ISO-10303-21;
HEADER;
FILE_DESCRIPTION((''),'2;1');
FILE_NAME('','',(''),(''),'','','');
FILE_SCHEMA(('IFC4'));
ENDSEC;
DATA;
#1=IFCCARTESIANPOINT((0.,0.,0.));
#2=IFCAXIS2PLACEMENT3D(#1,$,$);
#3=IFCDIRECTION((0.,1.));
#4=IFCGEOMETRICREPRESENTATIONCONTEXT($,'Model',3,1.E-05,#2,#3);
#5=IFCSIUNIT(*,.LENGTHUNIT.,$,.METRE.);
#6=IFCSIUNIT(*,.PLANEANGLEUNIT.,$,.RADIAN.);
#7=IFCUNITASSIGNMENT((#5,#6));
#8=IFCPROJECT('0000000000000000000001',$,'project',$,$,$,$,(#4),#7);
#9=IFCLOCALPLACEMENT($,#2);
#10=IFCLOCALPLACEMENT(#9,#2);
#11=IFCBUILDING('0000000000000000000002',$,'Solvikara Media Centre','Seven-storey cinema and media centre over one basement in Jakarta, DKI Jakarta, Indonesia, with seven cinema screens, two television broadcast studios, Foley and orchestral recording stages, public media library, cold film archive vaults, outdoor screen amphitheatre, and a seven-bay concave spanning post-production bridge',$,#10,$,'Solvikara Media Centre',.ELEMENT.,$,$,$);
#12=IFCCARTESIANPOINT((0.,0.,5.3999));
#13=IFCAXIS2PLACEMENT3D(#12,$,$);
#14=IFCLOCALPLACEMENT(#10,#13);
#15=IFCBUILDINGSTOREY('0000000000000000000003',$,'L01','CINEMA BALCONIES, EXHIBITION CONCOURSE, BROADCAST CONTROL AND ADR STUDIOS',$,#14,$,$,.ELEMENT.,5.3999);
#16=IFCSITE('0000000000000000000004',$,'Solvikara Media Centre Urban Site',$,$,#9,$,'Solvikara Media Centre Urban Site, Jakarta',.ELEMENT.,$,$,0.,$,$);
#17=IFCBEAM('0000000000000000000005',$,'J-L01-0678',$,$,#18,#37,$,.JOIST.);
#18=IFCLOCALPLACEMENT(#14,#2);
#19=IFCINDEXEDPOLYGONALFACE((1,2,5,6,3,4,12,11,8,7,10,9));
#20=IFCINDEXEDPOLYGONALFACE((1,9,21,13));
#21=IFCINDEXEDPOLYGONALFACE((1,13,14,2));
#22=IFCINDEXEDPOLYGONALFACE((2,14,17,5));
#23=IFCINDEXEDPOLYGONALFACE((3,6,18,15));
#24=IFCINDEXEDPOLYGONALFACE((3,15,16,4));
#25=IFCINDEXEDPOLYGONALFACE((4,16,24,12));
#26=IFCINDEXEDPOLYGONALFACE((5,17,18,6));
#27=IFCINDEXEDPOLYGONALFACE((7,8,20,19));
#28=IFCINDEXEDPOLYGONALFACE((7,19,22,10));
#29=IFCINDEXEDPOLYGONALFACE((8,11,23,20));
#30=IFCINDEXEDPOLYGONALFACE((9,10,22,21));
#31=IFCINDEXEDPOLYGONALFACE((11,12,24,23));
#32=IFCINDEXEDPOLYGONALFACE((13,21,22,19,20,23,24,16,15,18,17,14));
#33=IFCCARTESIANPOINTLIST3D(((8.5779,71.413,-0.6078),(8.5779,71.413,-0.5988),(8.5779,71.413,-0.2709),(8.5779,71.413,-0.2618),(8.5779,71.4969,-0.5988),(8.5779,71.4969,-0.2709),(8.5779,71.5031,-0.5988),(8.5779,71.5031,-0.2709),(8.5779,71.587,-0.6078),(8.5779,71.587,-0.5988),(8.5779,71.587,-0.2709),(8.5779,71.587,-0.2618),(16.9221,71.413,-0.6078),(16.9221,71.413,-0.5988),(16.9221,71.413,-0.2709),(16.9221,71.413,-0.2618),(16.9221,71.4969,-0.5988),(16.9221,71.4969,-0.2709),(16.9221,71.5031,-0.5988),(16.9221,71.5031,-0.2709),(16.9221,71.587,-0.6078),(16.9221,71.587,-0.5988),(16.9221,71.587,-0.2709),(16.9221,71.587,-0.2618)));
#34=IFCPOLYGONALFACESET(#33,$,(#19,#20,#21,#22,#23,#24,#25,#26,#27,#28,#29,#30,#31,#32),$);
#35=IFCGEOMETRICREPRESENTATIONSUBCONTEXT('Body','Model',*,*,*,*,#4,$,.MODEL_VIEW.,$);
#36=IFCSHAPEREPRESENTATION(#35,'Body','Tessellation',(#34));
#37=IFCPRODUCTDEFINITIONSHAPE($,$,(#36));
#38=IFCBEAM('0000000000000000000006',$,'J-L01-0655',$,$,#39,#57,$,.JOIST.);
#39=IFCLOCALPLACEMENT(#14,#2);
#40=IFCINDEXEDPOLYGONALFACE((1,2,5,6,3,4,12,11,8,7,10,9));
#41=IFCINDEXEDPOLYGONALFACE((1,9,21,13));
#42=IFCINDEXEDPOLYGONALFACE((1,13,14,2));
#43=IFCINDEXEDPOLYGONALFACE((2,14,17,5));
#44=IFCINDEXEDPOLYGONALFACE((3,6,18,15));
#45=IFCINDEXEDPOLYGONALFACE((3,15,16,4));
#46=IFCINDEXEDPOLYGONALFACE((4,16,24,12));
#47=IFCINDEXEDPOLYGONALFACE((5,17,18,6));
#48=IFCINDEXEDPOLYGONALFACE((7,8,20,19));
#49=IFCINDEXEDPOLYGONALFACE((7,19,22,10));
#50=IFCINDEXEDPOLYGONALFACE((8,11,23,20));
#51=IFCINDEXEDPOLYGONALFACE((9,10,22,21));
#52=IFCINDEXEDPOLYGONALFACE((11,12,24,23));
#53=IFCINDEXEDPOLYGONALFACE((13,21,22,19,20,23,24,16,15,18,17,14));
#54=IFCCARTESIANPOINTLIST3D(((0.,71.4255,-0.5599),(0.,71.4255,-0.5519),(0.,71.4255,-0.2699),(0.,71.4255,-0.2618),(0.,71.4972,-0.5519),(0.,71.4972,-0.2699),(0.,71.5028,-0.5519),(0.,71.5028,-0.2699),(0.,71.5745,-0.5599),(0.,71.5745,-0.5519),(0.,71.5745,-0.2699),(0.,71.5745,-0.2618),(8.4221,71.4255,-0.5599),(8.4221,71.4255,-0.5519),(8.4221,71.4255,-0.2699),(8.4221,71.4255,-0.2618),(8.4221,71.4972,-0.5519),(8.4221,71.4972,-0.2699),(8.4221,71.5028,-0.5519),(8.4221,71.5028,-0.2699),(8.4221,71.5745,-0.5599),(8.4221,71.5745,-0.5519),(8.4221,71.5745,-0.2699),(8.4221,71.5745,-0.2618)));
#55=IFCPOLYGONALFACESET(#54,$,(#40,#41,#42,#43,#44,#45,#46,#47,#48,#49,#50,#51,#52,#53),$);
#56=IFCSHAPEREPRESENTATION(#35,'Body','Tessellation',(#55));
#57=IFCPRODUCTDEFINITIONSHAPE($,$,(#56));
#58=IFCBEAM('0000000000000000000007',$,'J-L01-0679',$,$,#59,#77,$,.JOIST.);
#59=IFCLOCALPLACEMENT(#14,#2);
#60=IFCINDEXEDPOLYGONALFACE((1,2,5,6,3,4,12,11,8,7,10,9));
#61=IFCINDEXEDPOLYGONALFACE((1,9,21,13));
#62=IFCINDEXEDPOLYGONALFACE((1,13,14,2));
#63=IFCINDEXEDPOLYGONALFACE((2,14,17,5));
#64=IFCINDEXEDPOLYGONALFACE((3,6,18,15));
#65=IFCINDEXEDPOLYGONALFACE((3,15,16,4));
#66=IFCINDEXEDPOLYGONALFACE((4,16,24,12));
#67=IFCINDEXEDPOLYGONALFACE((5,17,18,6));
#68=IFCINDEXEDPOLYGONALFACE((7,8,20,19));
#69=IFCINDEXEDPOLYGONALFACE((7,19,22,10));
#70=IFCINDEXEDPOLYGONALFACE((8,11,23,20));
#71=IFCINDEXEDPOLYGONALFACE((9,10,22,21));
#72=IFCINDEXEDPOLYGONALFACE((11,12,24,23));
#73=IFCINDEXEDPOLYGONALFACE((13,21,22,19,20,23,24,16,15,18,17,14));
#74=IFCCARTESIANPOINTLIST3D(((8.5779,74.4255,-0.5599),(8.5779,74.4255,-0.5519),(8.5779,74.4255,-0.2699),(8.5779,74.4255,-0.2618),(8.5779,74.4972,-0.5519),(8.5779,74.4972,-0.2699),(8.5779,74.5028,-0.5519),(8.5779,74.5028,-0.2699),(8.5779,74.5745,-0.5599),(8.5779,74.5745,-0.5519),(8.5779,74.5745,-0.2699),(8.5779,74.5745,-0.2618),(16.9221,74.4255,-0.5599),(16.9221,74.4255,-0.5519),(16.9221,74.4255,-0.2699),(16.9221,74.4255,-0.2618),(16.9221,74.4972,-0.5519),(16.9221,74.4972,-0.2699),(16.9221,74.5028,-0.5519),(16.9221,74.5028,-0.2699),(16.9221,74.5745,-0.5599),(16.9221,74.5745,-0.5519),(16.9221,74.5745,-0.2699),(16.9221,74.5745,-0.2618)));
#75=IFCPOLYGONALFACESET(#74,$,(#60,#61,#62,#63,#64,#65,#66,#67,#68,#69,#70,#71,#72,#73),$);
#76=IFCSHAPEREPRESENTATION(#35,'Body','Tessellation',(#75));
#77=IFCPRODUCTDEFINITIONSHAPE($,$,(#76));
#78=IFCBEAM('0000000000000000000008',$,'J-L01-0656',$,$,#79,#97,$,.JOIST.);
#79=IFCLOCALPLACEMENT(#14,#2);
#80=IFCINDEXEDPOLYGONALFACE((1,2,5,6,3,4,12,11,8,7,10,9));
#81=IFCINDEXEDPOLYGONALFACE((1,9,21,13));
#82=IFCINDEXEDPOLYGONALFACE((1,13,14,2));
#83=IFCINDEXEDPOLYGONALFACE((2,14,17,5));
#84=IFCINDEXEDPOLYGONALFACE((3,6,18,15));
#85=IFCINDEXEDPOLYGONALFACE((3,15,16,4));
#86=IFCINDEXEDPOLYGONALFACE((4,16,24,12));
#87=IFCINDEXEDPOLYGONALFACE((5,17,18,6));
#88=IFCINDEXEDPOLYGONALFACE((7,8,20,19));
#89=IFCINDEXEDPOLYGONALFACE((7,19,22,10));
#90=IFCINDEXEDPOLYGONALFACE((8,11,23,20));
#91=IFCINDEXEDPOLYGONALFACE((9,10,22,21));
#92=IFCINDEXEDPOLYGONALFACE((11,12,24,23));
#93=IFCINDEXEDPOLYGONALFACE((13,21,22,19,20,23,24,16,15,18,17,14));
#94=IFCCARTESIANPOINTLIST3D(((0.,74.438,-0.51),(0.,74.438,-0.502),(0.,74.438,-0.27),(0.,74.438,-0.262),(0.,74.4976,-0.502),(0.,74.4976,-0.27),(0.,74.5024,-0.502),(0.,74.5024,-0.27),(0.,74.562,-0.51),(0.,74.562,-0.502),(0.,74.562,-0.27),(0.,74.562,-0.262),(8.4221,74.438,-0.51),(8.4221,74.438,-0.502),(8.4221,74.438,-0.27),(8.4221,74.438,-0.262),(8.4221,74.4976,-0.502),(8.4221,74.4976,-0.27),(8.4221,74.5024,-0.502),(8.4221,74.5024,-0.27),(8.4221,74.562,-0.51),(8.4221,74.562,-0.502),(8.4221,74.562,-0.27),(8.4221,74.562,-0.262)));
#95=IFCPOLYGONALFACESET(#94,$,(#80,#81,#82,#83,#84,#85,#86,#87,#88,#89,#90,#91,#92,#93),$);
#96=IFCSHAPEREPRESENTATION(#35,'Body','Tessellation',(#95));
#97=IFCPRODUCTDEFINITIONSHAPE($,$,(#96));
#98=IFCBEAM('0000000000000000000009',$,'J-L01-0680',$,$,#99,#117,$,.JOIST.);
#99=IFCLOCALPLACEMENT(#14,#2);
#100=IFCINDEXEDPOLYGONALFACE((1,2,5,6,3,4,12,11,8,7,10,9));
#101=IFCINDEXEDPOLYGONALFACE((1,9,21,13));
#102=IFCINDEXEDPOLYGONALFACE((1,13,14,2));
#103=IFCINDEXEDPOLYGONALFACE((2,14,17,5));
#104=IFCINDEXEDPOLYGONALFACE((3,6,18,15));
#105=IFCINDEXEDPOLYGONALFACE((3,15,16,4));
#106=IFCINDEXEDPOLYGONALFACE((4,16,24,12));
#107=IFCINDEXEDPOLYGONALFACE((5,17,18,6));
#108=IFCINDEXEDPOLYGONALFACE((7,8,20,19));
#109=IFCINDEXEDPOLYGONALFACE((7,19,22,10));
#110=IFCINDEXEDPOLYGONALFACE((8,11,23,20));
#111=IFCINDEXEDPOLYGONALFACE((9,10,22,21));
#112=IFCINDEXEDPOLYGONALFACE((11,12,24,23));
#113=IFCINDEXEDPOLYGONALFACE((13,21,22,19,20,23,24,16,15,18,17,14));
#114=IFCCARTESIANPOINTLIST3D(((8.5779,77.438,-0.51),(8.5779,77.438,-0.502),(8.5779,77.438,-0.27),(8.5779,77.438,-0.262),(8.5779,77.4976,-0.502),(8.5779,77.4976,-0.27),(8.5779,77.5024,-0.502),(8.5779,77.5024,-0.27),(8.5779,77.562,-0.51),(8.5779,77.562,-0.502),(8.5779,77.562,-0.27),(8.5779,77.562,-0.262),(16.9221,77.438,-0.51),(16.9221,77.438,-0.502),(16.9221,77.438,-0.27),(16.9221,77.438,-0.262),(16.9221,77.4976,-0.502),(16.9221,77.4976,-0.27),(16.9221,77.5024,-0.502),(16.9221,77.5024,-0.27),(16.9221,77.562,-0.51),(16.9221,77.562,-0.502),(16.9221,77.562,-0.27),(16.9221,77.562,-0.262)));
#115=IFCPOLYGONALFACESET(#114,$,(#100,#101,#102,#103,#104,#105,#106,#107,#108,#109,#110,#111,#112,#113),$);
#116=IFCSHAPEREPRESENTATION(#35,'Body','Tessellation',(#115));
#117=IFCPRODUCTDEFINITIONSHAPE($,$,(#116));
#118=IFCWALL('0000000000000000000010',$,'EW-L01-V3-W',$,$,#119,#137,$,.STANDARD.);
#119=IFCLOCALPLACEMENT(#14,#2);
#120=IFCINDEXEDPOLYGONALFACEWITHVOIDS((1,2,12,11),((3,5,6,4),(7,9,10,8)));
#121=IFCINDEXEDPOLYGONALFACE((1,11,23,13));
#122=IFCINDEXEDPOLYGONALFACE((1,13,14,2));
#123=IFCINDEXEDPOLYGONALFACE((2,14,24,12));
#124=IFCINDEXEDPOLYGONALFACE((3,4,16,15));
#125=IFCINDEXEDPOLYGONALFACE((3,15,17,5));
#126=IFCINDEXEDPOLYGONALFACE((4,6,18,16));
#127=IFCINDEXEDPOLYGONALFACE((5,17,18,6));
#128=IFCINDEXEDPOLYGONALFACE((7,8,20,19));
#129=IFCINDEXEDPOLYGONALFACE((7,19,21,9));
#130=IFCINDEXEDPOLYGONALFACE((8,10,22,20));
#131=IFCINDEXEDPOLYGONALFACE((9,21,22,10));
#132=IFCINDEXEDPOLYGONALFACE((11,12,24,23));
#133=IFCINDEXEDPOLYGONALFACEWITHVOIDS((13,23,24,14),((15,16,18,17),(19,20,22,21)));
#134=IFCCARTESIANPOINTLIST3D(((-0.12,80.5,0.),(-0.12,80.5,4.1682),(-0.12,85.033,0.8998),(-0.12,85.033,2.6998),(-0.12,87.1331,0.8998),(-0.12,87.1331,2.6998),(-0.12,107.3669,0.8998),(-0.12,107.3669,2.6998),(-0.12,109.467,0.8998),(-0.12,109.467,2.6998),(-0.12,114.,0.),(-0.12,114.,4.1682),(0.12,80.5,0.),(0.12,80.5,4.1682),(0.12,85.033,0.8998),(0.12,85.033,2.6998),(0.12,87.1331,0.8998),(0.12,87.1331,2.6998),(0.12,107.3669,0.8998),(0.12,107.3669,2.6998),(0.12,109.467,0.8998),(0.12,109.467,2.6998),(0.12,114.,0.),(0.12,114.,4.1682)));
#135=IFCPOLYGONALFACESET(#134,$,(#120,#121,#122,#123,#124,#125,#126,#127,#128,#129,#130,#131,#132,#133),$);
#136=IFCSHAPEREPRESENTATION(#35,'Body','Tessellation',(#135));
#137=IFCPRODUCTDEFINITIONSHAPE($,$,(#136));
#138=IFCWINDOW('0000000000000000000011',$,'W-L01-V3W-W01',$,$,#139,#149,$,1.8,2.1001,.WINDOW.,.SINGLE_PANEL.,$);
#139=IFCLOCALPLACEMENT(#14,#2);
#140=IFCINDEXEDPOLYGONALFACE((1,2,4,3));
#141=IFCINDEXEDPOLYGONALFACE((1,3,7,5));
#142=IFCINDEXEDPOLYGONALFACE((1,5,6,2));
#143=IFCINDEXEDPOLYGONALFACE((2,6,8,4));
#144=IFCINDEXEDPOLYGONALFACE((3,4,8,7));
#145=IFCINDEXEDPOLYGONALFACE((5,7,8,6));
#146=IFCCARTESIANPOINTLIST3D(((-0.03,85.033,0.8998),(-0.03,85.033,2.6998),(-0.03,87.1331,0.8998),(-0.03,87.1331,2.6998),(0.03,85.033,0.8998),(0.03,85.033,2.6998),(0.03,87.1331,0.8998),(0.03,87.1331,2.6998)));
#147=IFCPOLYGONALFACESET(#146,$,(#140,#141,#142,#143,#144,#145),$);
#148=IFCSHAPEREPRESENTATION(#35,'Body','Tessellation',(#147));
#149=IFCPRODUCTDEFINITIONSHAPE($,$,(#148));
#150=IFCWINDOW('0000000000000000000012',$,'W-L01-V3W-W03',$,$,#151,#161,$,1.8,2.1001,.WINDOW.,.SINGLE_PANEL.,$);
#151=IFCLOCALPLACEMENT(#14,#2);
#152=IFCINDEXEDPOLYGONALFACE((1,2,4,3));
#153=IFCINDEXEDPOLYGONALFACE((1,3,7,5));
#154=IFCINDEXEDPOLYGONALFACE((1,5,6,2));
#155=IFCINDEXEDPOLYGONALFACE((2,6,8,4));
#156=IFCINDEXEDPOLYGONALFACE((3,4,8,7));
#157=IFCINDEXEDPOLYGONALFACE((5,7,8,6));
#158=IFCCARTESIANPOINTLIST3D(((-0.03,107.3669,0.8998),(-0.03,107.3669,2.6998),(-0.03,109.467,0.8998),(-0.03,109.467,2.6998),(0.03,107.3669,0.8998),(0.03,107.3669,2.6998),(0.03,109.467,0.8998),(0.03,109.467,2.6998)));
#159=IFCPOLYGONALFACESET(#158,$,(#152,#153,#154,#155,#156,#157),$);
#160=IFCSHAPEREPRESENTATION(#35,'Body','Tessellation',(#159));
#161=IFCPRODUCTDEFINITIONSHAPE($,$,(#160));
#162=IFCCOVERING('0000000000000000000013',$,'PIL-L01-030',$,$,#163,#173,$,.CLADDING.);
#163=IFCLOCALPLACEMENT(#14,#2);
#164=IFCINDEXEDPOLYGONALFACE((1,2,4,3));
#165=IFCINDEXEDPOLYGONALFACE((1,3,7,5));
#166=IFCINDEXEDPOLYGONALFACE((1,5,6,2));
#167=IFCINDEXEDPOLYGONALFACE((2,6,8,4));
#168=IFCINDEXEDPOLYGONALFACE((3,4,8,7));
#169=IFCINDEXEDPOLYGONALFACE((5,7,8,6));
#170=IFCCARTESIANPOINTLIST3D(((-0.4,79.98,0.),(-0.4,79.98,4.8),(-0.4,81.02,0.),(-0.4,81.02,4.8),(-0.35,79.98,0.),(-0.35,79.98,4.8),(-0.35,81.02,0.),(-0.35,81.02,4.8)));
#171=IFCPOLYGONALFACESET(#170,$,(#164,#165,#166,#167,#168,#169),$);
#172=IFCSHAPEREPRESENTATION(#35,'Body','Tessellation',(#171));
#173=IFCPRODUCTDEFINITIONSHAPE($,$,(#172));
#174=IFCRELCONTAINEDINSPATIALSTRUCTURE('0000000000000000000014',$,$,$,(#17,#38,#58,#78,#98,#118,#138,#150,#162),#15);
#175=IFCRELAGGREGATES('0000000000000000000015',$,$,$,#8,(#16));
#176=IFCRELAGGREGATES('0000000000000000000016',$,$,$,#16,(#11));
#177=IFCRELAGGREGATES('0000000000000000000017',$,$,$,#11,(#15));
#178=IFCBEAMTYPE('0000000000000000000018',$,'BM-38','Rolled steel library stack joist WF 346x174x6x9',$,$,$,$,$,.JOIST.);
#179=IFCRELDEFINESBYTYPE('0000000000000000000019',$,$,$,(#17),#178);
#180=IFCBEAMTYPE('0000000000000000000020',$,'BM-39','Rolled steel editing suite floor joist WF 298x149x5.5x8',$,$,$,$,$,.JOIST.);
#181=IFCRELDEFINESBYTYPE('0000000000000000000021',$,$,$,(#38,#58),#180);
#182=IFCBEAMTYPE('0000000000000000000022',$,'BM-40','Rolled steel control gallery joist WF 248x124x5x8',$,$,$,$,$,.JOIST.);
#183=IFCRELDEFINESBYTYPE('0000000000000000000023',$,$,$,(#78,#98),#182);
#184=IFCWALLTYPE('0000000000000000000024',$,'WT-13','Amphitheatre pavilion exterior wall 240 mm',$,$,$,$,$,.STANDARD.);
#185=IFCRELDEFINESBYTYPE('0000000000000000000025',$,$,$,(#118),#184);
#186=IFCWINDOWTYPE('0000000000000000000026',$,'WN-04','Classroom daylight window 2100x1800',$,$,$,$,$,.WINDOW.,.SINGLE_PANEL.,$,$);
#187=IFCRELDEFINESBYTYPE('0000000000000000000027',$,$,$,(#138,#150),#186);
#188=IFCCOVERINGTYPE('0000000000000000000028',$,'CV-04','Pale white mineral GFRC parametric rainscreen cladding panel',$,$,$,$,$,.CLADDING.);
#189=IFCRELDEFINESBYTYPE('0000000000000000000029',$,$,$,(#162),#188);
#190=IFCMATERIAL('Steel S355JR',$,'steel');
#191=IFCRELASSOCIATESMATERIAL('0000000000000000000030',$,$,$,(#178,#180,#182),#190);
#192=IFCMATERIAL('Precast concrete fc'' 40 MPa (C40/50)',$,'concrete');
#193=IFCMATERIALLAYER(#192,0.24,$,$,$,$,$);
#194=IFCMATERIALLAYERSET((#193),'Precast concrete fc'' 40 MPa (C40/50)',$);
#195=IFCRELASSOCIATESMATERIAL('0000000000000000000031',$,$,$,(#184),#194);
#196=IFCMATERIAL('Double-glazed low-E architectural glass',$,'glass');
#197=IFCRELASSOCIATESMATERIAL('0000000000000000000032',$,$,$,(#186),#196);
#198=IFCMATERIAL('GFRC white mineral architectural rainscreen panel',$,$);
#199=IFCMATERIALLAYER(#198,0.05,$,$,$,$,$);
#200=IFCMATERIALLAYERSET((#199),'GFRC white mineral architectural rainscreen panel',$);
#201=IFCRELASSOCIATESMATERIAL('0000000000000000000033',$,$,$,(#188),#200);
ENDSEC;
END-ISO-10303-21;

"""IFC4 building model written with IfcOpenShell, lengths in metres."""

from ifc_helpers import new_model, si_unit, direction, frame, frame_2d, origin, origin_2d, place, context, subcontext, project, spatial, rectangle, i_section, extrude, material, layer, layer_set, material_profile, profile_set, type_object, element, fill, save


model = new_model("IFC4")

# Units and contexts
model_context = context("Model", 3, precision=1e-05, world=origin(), true_north=direction((0.0, 1.0)))
body_context = subcontext(model_context, "Body", "Model", "MODEL_VIEW")
ifc_project = project(units=[si_unit("LENGTHUNIT", "METRE"), si_unit("PLANEANGLEUNIT", "RADIAN")], contexts=[model_context])

# Site, building, storey
site_placement = place(None, origin())
site = spatial("IfcSite", under=ifc_project, at=site_placement, Name="Solvikara Media Centre Urban Site", LongName="Solvikara Media Centre Urban Site, Jakarta", CompositionType="ELEMENT", RefElevation=0.0)
building_placement = place(site_placement, origin())
building = spatial("IfcBuilding", under=site, at=building_placement, Name="Solvikara Media Centre", Description="Seven-storey cinema and media centre over one basement in Jakarta, DKI Jakarta, Indonesia, with seven cinema screens, two television broadcast studios, Foley and orchestral recording stages, public media library, cold film archive vaults, outdoor screen amphitheatre, and a seven-bay concave spanning post-production bridge", LongName="Solvikara Media Centre", CompositionType="ELEMENT")
storey_placement = place(building_placement, frame((0.0, 0.0, 5.3999)))
storey = spatial("IfcBuildingStorey", under=building, at=storey_placement, Name="L01", Description="CINEMA BALCONIES, EXHIBITION CONCOURSE, BROADCAST CONTROL AND ADR STUDIOS", CompositionType="ELEMENT", Elevation=5.3999)

# Beams
ifc_material_1 = material(Name="Steel S355JR", Category="steel")
ifc_material_profile_1 = material_profile(ifc_material_1, i_section(OverallWidth=0.1741, OverallDepth=0.3459, WebThickness=0.0061, FlangeThickness=0.009, at=origin_2d()), Name="WF 346x174x6x9")
ifc_profile_set_1 = profile_set([ifc_material_profile_1], Name="Steel S355JR")
beam_type_1 = type_object("IfcBeamType", Name="BM-38", Description="Rolled steel library stack joist WF 346x174x6x9", PredefinedType="JOIST", material=ifc_profile_set_1)
beam_1_placement = place(storey_placement, frame((8.5779, 71.5, -0.4348), z_axis=(1.0, 0.0, 0.0), x_axis=(0.0, 1.0, 0.0)))
element("IfcBeam", 1, at=beam_1_placement, inside=storey, type_object=beam_type_1, Name="J-L01-0678", PredefinedType="JOIST", context=body_context, shape_type="SweptSolid", body=[
    extrude(i_section(OverallWidth=0.1741, OverallDepth=0.3459, WebThickness=0.0061, FlangeThickness=0.009, at=origin_2d()), origin(), (0.0, 0.0, 1.0), 8.3442),
])
ifc_material_profile_2 = material_profile(ifc_material_1, i_section(OverallWidth=0.1489, OverallDepth=0.2981, WebThickness=0.0056, FlangeThickness=0.0081, at=origin_2d()), Name="WF 298x149x5.5x8")
ifc_profile_set_2 = profile_set([ifc_material_profile_2], Name="Steel S355JR")
beam_type_2 = type_object("IfcBeamType", Name="BM-39", Description="Rolled steel editing suite floor joist WF 298x149x5.5x8", PredefinedType="JOIST", material=ifc_profile_set_2)
beam_2_placement = place(storey_placement, frame((0.0, 71.5, -0.4109), z_axis=(1.0, 0.0, 0.0), x_axis=(0.0, 1.0, 0.0)))
element("IfcBeam", 2, at=beam_2_placement, inside=storey, type_object=beam_type_2, Name="J-L01-0655", PredefinedType="JOIST", context=body_context, shape_type="SweptSolid", body=[
    extrude(i_section(OverallWidth=0.1489, OverallDepth=0.2981, WebThickness=0.0056, FlangeThickness=0.0081, at=origin_2d()), origin(), (0.0, 0.0, 1.0), 8.4221),
])
beam_3_placement = place(storey_placement, frame((8.5779, 74.5, -0.4109), z_axis=(1.0, 0.0, 0.0), x_axis=(0.0, 1.0, 0.0)))
element("IfcBeam", 3, at=beam_3_placement, inside=storey, type_object=beam_type_2, Name="J-L01-0679", PredefinedType="JOIST", context=body_context, shape_type="SweptSolid", body=[
    extrude(i_section(OverallWidth=0.1489, OverallDepth=0.2981, WebThickness=0.0056, FlangeThickness=0.0081, at=origin_2d()), origin(), (0.0, 0.0, 1.0), 8.3442),
])
ifc_material_profile_3 = material_profile(ifc_material_1, i_section(OverallWidth=0.124, OverallDepth=0.248, WebThickness=0.0049, FlangeThickness=0.0081, at=origin_2d()), Name="WF 248x124x5x8")
ifc_profile_set_3 = profile_set([ifc_material_profile_3], Name="Steel S355JR")
beam_type_3 = type_object("IfcBeamType", Name="BM-40", Description="Rolled steel control gallery joist WF 248x124x5x8", PredefinedType="JOIST", material=ifc_profile_set_3)
beam_4_placement = place(storey_placement, frame((0.0, 74.5, -0.386), z_axis=(1.0, 0.0, 0.0), x_axis=(0.0, 1.0, 0.0)))
element("IfcBeam", 4, at=beam_4_placement, inside=storey, type_object=beam_type_3, Name="J-L01-0656", PredefinedType="JOIST", context=body_context, shape_type="SweptSolid", body=[
    extrude(i_section(OverallWidth=0.124, OverallDepth=0.248, WebThickness=0.0049, FlangeThickness=0.0081, at=origin_2d()), origin(), (0.0, 0.0, 1.0), 8.4221),
])
beam_5_placement = place(storey_placement, frame((8.5779, 77.5, -0.386), z_axis=(1.0, 0.0, 0.0), x_axis=(0.0, 1.0, 0.0)))
element("IfcBeam", 5, at=beam_5_placement, inside=storey, type_object=beam_type_3, Name="J-L01-0680", PredefinedType="JOIST", context=body_context, shape_type="SweptSolid", body=[
    extrude(i_section(OverallWidth=0.124, OverallDepth=0.248, WebThickness=0.0049, FlangeThickness=0.0081, at=origin_2d()), origin(), (0.0, 0.0, 1.0), 8.3442),
])

# Wall, openings, windows
ifc_material_2 = material(Name="Precast concrete fc' 40 MPa (C40/50)", Category="concrete")
ifc_layer_1 = layer(ifc_material_2, 0.24)
ifc_layer_set_1 = layer_set([ifc_layer_1], Name="Precast concrete fc' 40 MPa (C40/50)")
wall_type = type_object("IfcWallType", Name="WT-13", Description="Amphitheatre pavilion exterior wall 240 mm", PredefinedType="STANDARD", material=ifc_layer_set_1)
wall_placement = place(storey_placement, frame((0.0, 80.5, 0.0), z_axis=(0.0, 0.0, 1.0), x_axis=(0.0, 1.0, 0.0)))
wall = element("IfcWall", 6, at=wall_placement, inside=storey, type_object=wall_type, Name="EW-L01-V3-W", PredefinedType="STANDARD", context=body_context, shape_type="SweptSolid", body=[
    extrude(rectangle(XDim=33.5, YDim=0.24, at=frame_2d((16.75, 0.0))), origin(), (0.0, 0.0, 1.0), 4.1682),
])
opening_1_placement = place(wall_placement, frame((4.533, 0.0, 0.8999)))
opening_1 = element("IfcOpeningElement", 7, at=opening_1_placement, cuts=wall, PredefinedType="OPENING", context=body_context, shape_type="SweptSolid", body=[
    extrude(rectangle(XDim=2.1001, YDim=1.8, at=frame_2d((1.05, 0.8999))), frame((0.0, 0.1318, 0.0), z_axis=(0.0, -1.0, 0.0), x_axis=(1.0, 0.0, 0.0)), (0.0, 0.0, 1.0), 0.2639),
])
opening_2_placement = place(wall_placement, frame((26.8669, 0.0, 0.8999)))
opening_2 = element("IfcOpeningElement", 8, at=opening_2_placement, cuts=wall, PredefinedType="OPENING", context=body_context, shape_type="SweptSolid", body=[
    extrude(rectangle(XDim=2.1001, YDim=1.8, at=frame_2d((1.05, 0.8999))), frame((0.0, 0.1318, 0.0), z_axis=(0.0, -1.0, 0.0), x_axis=(1.0, 0.0, 0.0)), (0.0, 0.0, 1.0), 0.2639),
])
ifc_material_3 = material(Name="Double-glazed low-E architectural glass", Category="glass")
window_type = type_object("IfcWindowType", Name="WN-04", Description="Classroom daylight window 2100x1800", PartitioningType="SINGLE_PANEL", PredefinedType="WINDOW", material=ifc_material_3)
window_1_placement = place(opening_1_placement, origin())
window_1 = element("IfcWindow", 9, at=window_1_placement, inside=storey, type_object=window_type, Name="W-L01-V3W-W01", OverallHeight=1.8, OverallWidth=2.1001, PartitioningType="SINGLE_PANEL", PredefinedType="WINDOW", context=body_context, shape_type="SweptSolid", body=[
    extrude(rectangle(XDim=2.1001, YDim=1.8, at=frame_2d((1.05, 0.8999))), frame((0.0, 0.03, 0.0), z_axis=(0.0, -1.0, 0.0), x_axis=(1.0, 0.0, 0.0)), (0.0, 0.0, 1.0), 0.0601),
])
fill(opening_1, window_1)
window_2_placement = place(opening_2_placement, origin())
window_2 = element("IfcWindow", 10, at=window_2_placement, inside=storey, type_object=window_type, Name="W-L01-V3W-W03", OverallHeight=1.8, OverallWidth=2.1001, PartitioningType="SINGLE_PANEL", PredefinedType="WINDOW", context=body_context, shape_type="SweptSolid", body=[
    extrude(rectangle(XDim=2.1001, YDim=1.8, at=frame_2d((1.05, 0.8999))), frame((0.0, 0.03, 0.0), z_axis=(0.0, -1.0, 0.0), x_axis=(1.0, 0.0, 0.0)), (0.0, 0.0, 1.0), 0.0601),
])
fill(opening_2, window_2)

# Covering
ifc_material_4 = material(Name="GFRC white mineral architectural rainscreen panel")
ifc_layer_2 = layer(ifc_material_4, 0.05)
ifc_layer_set_2 = layer_set([ifc_layer_2], Name="GFRC white mineral architectural rainscreen panel")
covering_type = type_object("IfcCoveringType", Name="CV-04", Description="Pale white mineral GFRC parametric rainscreen cladding panel", PredefinedType="CLADDING", material=ifc_layer_set_2)
covering_1_placement = place(storey_placement, frame((-0.375, 80.5, 0.0), z_axis=(0.0, 0.0, 1.0), x_axis=(0.0, -1.0, 0.0)))
element("IfcCovering", 11, at=covering_1_placement, inside=storey, type_object=covering_type, Name="PIL-L01-030", PredefinedType="CLADDING", context=body_context, shape_type="SweptSolid", body=[
    extrude(rectangle(XDim=1.04, YDim=0.05, at=origin_2d()), origin(), (0.0, 0.0, 1.0), 4.8),
])

save(model, "model.ifc")
